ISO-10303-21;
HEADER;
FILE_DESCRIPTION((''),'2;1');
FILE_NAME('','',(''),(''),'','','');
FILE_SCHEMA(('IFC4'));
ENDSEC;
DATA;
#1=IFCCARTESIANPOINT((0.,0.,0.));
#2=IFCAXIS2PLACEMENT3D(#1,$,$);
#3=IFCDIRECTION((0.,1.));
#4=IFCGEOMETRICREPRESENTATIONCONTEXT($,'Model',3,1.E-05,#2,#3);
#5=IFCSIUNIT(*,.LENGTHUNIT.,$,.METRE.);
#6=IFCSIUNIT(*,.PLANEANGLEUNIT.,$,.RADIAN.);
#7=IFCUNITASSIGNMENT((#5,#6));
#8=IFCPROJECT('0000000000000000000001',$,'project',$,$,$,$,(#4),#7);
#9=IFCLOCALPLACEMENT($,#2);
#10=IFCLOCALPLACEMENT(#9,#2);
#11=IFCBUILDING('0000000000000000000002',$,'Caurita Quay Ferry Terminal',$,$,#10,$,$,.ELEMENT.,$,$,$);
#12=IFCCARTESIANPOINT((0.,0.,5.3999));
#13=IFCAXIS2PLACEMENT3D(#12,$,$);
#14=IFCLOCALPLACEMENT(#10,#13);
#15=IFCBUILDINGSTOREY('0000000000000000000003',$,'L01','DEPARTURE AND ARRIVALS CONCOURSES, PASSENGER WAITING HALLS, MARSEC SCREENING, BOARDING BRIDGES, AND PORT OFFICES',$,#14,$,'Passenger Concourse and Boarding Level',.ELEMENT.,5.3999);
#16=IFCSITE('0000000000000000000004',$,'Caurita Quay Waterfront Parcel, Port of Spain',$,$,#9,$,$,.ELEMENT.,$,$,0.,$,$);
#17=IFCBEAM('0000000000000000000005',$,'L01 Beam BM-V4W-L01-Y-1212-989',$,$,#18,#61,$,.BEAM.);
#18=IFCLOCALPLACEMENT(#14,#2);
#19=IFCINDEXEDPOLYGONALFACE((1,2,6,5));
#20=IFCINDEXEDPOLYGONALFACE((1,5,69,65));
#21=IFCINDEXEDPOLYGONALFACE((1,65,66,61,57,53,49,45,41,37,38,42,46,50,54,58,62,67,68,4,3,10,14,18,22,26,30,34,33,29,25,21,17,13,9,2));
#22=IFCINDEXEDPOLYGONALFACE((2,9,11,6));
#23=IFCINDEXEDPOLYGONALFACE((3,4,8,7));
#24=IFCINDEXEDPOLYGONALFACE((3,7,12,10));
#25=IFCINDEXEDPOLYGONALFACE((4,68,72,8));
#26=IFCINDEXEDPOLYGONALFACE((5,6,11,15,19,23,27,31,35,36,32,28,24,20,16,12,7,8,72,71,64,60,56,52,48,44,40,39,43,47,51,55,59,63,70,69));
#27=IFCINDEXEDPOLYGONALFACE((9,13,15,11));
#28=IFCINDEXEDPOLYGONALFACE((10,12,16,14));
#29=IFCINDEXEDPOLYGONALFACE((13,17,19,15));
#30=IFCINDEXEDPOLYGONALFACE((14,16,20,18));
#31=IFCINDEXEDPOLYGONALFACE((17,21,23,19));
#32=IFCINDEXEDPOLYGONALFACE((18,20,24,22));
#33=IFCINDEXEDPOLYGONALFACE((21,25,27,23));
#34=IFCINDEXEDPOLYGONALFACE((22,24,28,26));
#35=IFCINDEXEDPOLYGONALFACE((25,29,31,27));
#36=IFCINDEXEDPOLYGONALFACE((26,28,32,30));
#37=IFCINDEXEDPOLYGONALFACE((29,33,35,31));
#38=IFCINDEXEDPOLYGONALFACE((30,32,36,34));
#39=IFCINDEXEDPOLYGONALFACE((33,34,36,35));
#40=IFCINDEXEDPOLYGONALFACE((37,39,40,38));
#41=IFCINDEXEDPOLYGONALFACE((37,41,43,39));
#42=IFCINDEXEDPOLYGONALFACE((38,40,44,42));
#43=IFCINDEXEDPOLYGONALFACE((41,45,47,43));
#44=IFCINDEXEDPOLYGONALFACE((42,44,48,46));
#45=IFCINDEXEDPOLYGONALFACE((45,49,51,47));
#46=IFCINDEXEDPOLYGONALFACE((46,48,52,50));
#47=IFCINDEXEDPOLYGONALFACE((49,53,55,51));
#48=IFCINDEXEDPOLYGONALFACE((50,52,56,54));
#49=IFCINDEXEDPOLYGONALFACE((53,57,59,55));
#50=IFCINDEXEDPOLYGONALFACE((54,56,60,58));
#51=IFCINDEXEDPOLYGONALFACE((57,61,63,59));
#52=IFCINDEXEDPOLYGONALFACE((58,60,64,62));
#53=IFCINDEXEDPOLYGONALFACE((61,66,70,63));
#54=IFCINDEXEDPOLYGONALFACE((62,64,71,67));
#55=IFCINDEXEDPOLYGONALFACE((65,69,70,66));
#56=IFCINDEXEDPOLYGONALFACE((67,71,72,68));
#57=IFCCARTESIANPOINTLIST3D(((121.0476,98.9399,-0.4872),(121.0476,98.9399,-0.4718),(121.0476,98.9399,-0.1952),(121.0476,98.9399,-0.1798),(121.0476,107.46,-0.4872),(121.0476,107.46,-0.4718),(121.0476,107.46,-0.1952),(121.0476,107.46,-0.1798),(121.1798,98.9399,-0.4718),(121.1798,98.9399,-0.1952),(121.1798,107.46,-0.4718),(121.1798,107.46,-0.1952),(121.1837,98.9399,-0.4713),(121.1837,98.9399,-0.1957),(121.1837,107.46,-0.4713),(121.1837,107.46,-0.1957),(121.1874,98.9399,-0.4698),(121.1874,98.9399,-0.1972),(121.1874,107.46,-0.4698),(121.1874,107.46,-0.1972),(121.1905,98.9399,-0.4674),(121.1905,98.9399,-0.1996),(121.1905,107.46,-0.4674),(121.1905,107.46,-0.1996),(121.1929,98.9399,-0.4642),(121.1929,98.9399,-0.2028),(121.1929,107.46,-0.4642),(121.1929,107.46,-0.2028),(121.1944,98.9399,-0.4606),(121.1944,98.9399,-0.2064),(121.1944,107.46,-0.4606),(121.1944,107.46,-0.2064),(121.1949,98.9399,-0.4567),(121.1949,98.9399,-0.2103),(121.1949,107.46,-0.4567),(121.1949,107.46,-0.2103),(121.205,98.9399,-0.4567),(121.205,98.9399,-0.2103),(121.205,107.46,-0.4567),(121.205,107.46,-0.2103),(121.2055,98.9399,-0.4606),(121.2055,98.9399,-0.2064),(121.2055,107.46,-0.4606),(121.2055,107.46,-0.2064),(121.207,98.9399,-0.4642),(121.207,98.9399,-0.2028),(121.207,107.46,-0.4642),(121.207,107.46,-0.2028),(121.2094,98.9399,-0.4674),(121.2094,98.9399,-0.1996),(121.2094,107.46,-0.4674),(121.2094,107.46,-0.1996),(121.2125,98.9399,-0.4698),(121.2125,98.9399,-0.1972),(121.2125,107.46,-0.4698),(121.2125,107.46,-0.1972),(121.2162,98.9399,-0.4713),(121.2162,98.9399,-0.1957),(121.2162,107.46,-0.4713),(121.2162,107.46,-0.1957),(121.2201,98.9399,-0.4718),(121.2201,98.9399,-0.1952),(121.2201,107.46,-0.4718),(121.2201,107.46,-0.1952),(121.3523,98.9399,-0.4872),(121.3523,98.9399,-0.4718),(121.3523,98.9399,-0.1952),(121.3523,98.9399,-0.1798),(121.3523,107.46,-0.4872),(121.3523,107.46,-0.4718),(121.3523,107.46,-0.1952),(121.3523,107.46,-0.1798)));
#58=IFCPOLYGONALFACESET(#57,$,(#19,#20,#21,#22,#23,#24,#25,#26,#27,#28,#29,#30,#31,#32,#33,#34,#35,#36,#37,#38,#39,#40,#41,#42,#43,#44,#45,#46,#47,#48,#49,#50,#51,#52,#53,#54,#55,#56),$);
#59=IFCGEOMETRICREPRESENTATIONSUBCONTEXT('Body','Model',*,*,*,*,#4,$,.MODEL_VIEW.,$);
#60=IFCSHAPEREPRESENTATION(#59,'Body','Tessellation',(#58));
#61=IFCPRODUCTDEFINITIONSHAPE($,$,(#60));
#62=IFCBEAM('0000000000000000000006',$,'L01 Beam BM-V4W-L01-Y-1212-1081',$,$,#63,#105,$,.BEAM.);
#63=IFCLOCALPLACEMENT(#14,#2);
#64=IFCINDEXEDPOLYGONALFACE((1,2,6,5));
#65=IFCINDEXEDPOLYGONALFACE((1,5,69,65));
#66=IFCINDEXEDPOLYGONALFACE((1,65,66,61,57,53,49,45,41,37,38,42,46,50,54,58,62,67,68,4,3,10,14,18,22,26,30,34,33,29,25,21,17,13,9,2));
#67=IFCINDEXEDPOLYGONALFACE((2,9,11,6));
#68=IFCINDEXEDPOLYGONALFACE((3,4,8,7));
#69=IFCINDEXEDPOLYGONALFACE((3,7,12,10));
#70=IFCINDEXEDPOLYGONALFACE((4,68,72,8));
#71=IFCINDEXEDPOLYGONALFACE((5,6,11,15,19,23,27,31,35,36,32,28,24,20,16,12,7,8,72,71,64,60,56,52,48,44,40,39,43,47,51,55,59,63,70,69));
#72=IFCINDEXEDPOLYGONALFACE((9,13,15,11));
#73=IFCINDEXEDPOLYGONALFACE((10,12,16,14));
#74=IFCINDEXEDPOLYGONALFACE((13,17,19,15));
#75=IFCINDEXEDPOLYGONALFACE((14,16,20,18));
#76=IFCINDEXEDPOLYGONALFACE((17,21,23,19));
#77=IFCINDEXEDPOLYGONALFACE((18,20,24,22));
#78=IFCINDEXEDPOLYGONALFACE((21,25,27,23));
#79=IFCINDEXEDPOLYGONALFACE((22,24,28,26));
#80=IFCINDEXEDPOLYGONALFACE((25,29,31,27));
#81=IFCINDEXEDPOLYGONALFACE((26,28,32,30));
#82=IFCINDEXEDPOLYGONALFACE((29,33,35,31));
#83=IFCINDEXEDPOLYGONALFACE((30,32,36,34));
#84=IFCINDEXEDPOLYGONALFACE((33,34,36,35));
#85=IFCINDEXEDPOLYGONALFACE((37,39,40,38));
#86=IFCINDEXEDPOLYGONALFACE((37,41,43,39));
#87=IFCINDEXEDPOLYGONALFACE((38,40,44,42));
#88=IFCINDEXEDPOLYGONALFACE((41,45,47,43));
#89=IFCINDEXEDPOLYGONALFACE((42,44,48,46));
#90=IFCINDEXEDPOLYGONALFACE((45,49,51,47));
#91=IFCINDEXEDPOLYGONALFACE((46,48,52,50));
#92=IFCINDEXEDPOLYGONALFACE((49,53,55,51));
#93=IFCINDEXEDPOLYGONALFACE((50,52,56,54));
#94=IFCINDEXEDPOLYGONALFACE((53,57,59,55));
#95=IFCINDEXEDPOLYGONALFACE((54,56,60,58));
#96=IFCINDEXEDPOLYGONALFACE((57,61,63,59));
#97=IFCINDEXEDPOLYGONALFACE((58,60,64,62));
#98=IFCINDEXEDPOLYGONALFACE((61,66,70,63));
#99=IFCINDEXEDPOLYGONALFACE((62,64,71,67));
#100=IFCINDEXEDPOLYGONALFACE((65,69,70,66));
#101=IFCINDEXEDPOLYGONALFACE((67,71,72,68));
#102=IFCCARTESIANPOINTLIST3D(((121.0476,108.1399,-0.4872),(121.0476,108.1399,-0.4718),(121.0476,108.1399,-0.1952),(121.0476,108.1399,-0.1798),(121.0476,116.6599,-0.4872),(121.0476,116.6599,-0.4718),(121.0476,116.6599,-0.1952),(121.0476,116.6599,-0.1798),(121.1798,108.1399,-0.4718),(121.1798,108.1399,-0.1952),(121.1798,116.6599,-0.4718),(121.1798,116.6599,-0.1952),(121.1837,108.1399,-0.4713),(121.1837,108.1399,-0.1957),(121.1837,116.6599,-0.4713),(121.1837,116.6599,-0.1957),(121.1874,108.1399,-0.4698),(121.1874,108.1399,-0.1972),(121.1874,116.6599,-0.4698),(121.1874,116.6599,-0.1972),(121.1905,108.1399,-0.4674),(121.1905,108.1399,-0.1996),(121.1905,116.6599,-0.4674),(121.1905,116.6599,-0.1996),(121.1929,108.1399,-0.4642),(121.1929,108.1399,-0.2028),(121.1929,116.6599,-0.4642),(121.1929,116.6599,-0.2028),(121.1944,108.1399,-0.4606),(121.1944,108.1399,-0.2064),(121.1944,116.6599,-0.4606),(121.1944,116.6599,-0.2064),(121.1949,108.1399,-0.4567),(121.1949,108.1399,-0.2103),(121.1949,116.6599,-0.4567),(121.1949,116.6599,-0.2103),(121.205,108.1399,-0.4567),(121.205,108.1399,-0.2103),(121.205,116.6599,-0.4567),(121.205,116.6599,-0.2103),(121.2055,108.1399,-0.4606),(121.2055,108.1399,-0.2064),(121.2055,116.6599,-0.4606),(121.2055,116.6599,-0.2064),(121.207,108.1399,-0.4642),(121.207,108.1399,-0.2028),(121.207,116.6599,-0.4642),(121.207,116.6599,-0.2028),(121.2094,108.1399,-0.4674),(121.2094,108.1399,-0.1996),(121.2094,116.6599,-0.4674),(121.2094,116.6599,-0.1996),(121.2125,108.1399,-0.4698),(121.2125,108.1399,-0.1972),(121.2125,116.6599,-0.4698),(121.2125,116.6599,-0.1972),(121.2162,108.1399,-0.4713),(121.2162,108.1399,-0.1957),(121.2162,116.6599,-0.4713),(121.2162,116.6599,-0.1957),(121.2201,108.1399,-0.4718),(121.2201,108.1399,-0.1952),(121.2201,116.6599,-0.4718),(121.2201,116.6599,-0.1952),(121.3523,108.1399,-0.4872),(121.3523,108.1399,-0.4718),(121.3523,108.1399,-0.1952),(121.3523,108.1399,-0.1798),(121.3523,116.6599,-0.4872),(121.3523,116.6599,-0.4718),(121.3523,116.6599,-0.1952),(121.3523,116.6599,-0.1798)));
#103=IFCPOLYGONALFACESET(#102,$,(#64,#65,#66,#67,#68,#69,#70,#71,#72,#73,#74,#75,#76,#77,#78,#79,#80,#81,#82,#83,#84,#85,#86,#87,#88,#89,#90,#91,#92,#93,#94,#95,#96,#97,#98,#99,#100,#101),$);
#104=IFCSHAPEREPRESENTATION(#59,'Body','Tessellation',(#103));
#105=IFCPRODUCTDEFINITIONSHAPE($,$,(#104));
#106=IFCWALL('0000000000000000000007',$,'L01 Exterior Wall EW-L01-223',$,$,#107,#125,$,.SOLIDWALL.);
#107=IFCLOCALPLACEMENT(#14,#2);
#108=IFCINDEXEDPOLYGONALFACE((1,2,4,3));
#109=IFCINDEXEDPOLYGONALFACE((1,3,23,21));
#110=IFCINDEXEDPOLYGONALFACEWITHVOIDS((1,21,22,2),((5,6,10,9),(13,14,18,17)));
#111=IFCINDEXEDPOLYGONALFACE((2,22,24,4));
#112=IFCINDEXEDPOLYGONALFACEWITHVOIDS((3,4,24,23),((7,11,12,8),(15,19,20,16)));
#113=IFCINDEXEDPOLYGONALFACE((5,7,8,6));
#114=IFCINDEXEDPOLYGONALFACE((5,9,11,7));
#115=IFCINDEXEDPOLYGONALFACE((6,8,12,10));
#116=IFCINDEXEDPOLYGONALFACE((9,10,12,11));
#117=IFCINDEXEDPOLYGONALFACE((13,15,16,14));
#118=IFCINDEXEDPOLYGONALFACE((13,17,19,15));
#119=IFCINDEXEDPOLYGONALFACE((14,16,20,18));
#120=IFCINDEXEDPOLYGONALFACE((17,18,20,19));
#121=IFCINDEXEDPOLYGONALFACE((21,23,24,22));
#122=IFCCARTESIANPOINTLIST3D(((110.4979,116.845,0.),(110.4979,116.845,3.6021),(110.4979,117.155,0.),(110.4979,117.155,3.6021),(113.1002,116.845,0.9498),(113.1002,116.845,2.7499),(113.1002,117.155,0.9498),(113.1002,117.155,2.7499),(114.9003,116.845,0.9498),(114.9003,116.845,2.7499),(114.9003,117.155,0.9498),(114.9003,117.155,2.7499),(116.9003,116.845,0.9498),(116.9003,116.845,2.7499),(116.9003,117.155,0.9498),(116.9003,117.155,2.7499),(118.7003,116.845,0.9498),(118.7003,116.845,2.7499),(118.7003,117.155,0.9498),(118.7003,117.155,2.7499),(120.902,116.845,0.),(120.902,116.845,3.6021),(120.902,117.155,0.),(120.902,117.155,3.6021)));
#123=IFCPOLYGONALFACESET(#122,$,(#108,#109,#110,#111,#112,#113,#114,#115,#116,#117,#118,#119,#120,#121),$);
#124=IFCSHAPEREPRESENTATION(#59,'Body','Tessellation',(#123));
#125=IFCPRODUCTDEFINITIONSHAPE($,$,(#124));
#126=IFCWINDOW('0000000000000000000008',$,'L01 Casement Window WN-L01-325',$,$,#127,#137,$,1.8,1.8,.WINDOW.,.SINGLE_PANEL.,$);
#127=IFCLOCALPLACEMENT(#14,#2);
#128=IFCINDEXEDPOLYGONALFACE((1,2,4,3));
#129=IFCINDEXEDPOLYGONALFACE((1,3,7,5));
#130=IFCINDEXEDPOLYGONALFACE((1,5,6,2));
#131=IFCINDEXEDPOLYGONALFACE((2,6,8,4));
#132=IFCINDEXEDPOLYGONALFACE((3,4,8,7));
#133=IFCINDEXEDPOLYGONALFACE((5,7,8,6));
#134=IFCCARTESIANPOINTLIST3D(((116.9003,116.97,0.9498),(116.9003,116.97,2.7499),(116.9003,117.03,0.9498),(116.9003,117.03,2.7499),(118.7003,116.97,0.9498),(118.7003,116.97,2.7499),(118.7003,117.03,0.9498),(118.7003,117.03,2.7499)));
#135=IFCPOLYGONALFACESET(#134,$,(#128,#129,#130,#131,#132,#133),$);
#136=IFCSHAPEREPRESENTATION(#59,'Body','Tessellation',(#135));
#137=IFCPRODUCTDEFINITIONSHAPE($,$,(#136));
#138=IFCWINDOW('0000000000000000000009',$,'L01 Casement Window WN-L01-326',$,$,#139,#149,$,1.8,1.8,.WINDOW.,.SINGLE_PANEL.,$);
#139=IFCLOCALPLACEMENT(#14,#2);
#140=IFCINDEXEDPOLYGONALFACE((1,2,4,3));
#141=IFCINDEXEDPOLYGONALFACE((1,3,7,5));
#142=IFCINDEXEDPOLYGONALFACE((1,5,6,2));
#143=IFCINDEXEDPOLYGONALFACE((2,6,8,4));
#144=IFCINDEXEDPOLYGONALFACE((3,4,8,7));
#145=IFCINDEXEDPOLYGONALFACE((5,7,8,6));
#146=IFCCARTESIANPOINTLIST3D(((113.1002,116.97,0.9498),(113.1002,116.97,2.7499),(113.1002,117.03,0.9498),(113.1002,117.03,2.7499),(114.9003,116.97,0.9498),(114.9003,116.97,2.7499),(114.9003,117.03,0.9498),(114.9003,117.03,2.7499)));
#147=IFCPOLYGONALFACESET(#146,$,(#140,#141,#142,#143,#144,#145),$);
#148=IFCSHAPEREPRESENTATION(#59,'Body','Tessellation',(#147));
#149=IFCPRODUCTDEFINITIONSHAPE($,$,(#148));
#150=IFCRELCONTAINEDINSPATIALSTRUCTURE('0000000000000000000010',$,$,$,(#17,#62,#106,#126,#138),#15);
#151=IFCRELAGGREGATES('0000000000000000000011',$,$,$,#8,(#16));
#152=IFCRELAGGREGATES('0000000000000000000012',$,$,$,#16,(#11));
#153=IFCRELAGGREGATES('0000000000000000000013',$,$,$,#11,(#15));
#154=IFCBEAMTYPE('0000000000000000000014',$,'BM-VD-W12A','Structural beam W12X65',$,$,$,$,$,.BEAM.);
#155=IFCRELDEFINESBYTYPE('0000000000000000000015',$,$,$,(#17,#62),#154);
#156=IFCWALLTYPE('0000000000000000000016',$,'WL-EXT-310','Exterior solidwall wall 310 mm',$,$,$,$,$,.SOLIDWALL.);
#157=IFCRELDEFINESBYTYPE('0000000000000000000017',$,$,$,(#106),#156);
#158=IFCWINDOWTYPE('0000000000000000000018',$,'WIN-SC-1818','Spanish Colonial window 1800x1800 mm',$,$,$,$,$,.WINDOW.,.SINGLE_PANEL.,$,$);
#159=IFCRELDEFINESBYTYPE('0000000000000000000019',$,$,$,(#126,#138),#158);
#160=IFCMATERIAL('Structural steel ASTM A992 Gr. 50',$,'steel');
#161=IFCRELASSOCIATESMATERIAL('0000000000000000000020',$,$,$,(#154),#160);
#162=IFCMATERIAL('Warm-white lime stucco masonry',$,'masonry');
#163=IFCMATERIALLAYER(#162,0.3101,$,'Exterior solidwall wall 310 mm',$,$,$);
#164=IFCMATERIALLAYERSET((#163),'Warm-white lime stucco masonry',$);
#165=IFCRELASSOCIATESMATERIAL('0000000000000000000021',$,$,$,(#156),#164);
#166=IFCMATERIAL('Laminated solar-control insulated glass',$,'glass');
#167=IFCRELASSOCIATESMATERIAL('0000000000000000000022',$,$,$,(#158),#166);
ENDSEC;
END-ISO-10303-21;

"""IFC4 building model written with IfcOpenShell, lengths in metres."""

from ifc_helpers import new_model, si_unit, direction, frame, frame_2d, origin, origin_2d, place, context, subcontext, project, spatial, rectangle, i_section, extrude, material, layer, layer_set, material_profile, profile_set, type_object, element, fill, save


model = new_model("IFC4")

# Units and contexts
model_context = context("Model", 3, precision=1e-05, world=origin(), true_north=direction((0.0, 1.0)))
body_context = subcontext(model_context, "Body", "Model", "MODEL_VIEW")
ifc_project = project(units=[si_unit("LENGTHUNIT", "METRE"), si_unit("PLANEANGLEUNIT", "RADIAN")], contexts=[model_context])

# Site, building, storey
site_placement = place(None, origin())
site = spatial("IfcSite", under=ifc_project, at=site_placement, Name="Caurita Quay Waterfront Parcel, Port of Spain", CompositionType="ELEMENT", RefElevation=0.0)
building_placement = place(site_placement, origin())
building = spatial("IfcBuilding", under=site, at=building_placement, Name="Caurita Quay Ferry Terminal", CompositionType="ELEMENT")
storey_placement = place(building_placement, frame((0.0, 0.0, 5.3999)))
storey = spatial("IfcBuildingStorey", under=building, at=storey_placement, Name="L01", Description="DEPARTURE AND ARRIVALS CONCOURSES, PASSENGER WAITING HALLS, MARSEC SCREENING, BOARDING BRIDGES, AND PORT OFFICES", LongName="Passenger Concourse and Boarding Level", CompositionType="ELEMENT", Elevation=5.3999)

# Beams
ifc_material_1 = material(Name="Structural steel ASTM A992 Gr. 50", Category="steel")
ifc_material_profile_1 = material_profile(ifc_material_1, i_section(OverallWidth=0.3047, OverallDepth=0.3074, WebThickness=0.01, FlangeThickness=0.0154, FilletRadius=0.0151, at=origin_2d()), Name="W12X65")
ifc_profile_set_1 = profile_set([ifc_material_profile_1], Name="Structural steel ASTM A992 Gr. 50")
beam_type_1 = type_object("IfcBeamType", Name="BM-VD-W12A", Description="Structural beam W12X65", PredefinedType="BEAM", material=ifc_profile_set_1)
for number, where, z_axis, x_axis, name in (
    (1, (121.2, 98.9399, -0.3335), (0.0, 1.0, 0.0), (-1.0, 0.0, 0.0), "L01 Beam BM-V4W-L01-Y-1212-989"),
    (2, (121.2, 108.1399, -0.3335), (0.0, 1.0, 0.0), (-1.0, 0.0, 0.0), "L01 Beam BM-V4W-L01-Y-1212-1081"),
):
    element("IfcBeam", number, at=place(storey_placement, frame(where, z_axis=z_axis, x_axis=x_axis)), inside=storey, type_object=beam_type_1, Name=name, PredefinedType="BEAM", context=body_context, shape_type="SweptSolid", body=[
        extrude(i_section(OverallWidth=0.3047, OverallDepth=0.3074, WebThickness=0.01, FlangeThickness=0.0154, FilletRadius=0.0151, at=origin_2d()), origin(), (0.0, 0.0, 1.0), 8.52),
    ])

# Wall, openings, windows
ifc_material_2 = material(Name="Warm-white lime stucco masonry", Category="masonry")
ifc_layer_1 = layer(ifc_material_2, 0.3101, Name="Exterior solidwall wall 310 mm")
ifc_layer_set_1 = layer_set([ifc_layer_1], Name="Warm-white lime stucco masonry")
wall_type = type_object("IfcWallType", Name="WL-EXT-310", Description="Exterior solidwall wall 310 mm", PredefinedType="SOLIDWALL", material=ifc_layer_set_1)
wall_1_placement = place(storey_placement, frame((120.9021, 117.0, 0.0), z_axis=(0.0, 0.0, 1.0), x_axis=(-1.0, 0.0, 0.0)))
wall_1 = element("IfcWall", 3, at=wall_1_placement, inside=storey, type_object=wall_type, Name="L01 Exterior Wall EW-L01-223", PredefinedType="SOLIDWALL", context=body_context, shape_type="SweptSolid", body=[
    extrude(rectangle(XDim=10.4041, YDim=0.3101, at=frame_2d((5.2021, 0.0))), origin(), (0.0, 0.0, 1.0), 3.6021),
])
opening_1_placement = place(wall_1_placement, frame((2.2019, 0.0, 0.95)))
opening_1 = element("IfcOpeningElement", 4, at=opening_1_placement, cuts=wall_1, PredefinedType="OPENING", context=body_context, shape_type="SweptSolid", body=[
    extrude(rectangle(XDim=1.8, YDim=1.8, at=frame_2d((0.8999, 0.8999))), frame((0.0, 0.165, 0.0), z_axis=(0.0, -1.0, 0.0), x_axis=(1.0, 0.0, 0.0)), (0.0, 0.0, 1.0), 0.3301),
])
opening_2_placement = place(wall_1_placement, frame((6.002, 0.0, 0.95)))
opening_2 = element("IfcOpeningElement", 5, at=opening_2_placement, cuts=wall_1, PredefinedType="OPENING", context=body_context, shape_type="SweptSolid", body=[
    extrude(rectangle(XDim=1.8, YDim=1.8, at=frame_2d((0.8999, 0.8999))), frame((0.0, 0.165, 0.0), z_axis=(0.0, -1.0, 0.0), x_axis=(1.0, 0.0, 0.0)), (0.0, 0.0, 1.0), 0.3301),
])
ifc_material_3 = material(Name="Laminated solar-control insulated glass", Category="glass")
window_type = type_object("IfcWindowType", Name="WIN-SC-1818", Description="Spanish Colonial window 1800x1800 mm", PartitioningType="SINGLE_PANEL", PredefinedType="WINDOW", material=ifc_material_3)
window_1_placement = place(opening_1_placement, origin())
window_1 = element("IfcWindow", 6, at=window_1_placement, inside=storey, type_object=window_type, Name="L01 Casement Window WN-L01-325", OverallHeight=1.8, OverallWidth=1.8, PartitioningType="SINGLE_PANEL", PredefinedType="WINDOW", context=body_context, shape_type="SweptSolid", body=[
    extrude(rectangle(XDim=1.8, YDim=1.8, at=frame_2d((0.8999, 0.8999))), frame((0.0, 0.03, 0.0), z_axis=(0.0, -1.0, 0.0), x_axis=(1.0, 0.0, 0.0)), (0.0, 0.0, 1.0), 0.0601),
])
fill(opening_1, window_1)
window_2_placement = place(opening_2_placement, origin())
window_2 = element("IfcWindow", 7, at=window_2_placement, inside=storey, type_object=window_type, Name="L01 Casement Window WN-L01-326", OverallHeight=1.8, OverallWidth=1.8, PartitioningType="SINGLE_PANEL", PredefinedType="WINDOW", context=body_context, shape_type="SweptSolid", body=[
    extrude(rectangle(XDim=1.8, YDim=1.8, at=frame_2d((0.8999, 0.8999))), frame((0.0, 0.03, 0.0), z_axis=(0.0, -1.0, 0.0), x_axis=(1.0, 0.0, 0.0)), (0.0, 0.0, 1.0), 0.0601),
])
fill(opening_2, window_2)

save(model, "model.ifc")
